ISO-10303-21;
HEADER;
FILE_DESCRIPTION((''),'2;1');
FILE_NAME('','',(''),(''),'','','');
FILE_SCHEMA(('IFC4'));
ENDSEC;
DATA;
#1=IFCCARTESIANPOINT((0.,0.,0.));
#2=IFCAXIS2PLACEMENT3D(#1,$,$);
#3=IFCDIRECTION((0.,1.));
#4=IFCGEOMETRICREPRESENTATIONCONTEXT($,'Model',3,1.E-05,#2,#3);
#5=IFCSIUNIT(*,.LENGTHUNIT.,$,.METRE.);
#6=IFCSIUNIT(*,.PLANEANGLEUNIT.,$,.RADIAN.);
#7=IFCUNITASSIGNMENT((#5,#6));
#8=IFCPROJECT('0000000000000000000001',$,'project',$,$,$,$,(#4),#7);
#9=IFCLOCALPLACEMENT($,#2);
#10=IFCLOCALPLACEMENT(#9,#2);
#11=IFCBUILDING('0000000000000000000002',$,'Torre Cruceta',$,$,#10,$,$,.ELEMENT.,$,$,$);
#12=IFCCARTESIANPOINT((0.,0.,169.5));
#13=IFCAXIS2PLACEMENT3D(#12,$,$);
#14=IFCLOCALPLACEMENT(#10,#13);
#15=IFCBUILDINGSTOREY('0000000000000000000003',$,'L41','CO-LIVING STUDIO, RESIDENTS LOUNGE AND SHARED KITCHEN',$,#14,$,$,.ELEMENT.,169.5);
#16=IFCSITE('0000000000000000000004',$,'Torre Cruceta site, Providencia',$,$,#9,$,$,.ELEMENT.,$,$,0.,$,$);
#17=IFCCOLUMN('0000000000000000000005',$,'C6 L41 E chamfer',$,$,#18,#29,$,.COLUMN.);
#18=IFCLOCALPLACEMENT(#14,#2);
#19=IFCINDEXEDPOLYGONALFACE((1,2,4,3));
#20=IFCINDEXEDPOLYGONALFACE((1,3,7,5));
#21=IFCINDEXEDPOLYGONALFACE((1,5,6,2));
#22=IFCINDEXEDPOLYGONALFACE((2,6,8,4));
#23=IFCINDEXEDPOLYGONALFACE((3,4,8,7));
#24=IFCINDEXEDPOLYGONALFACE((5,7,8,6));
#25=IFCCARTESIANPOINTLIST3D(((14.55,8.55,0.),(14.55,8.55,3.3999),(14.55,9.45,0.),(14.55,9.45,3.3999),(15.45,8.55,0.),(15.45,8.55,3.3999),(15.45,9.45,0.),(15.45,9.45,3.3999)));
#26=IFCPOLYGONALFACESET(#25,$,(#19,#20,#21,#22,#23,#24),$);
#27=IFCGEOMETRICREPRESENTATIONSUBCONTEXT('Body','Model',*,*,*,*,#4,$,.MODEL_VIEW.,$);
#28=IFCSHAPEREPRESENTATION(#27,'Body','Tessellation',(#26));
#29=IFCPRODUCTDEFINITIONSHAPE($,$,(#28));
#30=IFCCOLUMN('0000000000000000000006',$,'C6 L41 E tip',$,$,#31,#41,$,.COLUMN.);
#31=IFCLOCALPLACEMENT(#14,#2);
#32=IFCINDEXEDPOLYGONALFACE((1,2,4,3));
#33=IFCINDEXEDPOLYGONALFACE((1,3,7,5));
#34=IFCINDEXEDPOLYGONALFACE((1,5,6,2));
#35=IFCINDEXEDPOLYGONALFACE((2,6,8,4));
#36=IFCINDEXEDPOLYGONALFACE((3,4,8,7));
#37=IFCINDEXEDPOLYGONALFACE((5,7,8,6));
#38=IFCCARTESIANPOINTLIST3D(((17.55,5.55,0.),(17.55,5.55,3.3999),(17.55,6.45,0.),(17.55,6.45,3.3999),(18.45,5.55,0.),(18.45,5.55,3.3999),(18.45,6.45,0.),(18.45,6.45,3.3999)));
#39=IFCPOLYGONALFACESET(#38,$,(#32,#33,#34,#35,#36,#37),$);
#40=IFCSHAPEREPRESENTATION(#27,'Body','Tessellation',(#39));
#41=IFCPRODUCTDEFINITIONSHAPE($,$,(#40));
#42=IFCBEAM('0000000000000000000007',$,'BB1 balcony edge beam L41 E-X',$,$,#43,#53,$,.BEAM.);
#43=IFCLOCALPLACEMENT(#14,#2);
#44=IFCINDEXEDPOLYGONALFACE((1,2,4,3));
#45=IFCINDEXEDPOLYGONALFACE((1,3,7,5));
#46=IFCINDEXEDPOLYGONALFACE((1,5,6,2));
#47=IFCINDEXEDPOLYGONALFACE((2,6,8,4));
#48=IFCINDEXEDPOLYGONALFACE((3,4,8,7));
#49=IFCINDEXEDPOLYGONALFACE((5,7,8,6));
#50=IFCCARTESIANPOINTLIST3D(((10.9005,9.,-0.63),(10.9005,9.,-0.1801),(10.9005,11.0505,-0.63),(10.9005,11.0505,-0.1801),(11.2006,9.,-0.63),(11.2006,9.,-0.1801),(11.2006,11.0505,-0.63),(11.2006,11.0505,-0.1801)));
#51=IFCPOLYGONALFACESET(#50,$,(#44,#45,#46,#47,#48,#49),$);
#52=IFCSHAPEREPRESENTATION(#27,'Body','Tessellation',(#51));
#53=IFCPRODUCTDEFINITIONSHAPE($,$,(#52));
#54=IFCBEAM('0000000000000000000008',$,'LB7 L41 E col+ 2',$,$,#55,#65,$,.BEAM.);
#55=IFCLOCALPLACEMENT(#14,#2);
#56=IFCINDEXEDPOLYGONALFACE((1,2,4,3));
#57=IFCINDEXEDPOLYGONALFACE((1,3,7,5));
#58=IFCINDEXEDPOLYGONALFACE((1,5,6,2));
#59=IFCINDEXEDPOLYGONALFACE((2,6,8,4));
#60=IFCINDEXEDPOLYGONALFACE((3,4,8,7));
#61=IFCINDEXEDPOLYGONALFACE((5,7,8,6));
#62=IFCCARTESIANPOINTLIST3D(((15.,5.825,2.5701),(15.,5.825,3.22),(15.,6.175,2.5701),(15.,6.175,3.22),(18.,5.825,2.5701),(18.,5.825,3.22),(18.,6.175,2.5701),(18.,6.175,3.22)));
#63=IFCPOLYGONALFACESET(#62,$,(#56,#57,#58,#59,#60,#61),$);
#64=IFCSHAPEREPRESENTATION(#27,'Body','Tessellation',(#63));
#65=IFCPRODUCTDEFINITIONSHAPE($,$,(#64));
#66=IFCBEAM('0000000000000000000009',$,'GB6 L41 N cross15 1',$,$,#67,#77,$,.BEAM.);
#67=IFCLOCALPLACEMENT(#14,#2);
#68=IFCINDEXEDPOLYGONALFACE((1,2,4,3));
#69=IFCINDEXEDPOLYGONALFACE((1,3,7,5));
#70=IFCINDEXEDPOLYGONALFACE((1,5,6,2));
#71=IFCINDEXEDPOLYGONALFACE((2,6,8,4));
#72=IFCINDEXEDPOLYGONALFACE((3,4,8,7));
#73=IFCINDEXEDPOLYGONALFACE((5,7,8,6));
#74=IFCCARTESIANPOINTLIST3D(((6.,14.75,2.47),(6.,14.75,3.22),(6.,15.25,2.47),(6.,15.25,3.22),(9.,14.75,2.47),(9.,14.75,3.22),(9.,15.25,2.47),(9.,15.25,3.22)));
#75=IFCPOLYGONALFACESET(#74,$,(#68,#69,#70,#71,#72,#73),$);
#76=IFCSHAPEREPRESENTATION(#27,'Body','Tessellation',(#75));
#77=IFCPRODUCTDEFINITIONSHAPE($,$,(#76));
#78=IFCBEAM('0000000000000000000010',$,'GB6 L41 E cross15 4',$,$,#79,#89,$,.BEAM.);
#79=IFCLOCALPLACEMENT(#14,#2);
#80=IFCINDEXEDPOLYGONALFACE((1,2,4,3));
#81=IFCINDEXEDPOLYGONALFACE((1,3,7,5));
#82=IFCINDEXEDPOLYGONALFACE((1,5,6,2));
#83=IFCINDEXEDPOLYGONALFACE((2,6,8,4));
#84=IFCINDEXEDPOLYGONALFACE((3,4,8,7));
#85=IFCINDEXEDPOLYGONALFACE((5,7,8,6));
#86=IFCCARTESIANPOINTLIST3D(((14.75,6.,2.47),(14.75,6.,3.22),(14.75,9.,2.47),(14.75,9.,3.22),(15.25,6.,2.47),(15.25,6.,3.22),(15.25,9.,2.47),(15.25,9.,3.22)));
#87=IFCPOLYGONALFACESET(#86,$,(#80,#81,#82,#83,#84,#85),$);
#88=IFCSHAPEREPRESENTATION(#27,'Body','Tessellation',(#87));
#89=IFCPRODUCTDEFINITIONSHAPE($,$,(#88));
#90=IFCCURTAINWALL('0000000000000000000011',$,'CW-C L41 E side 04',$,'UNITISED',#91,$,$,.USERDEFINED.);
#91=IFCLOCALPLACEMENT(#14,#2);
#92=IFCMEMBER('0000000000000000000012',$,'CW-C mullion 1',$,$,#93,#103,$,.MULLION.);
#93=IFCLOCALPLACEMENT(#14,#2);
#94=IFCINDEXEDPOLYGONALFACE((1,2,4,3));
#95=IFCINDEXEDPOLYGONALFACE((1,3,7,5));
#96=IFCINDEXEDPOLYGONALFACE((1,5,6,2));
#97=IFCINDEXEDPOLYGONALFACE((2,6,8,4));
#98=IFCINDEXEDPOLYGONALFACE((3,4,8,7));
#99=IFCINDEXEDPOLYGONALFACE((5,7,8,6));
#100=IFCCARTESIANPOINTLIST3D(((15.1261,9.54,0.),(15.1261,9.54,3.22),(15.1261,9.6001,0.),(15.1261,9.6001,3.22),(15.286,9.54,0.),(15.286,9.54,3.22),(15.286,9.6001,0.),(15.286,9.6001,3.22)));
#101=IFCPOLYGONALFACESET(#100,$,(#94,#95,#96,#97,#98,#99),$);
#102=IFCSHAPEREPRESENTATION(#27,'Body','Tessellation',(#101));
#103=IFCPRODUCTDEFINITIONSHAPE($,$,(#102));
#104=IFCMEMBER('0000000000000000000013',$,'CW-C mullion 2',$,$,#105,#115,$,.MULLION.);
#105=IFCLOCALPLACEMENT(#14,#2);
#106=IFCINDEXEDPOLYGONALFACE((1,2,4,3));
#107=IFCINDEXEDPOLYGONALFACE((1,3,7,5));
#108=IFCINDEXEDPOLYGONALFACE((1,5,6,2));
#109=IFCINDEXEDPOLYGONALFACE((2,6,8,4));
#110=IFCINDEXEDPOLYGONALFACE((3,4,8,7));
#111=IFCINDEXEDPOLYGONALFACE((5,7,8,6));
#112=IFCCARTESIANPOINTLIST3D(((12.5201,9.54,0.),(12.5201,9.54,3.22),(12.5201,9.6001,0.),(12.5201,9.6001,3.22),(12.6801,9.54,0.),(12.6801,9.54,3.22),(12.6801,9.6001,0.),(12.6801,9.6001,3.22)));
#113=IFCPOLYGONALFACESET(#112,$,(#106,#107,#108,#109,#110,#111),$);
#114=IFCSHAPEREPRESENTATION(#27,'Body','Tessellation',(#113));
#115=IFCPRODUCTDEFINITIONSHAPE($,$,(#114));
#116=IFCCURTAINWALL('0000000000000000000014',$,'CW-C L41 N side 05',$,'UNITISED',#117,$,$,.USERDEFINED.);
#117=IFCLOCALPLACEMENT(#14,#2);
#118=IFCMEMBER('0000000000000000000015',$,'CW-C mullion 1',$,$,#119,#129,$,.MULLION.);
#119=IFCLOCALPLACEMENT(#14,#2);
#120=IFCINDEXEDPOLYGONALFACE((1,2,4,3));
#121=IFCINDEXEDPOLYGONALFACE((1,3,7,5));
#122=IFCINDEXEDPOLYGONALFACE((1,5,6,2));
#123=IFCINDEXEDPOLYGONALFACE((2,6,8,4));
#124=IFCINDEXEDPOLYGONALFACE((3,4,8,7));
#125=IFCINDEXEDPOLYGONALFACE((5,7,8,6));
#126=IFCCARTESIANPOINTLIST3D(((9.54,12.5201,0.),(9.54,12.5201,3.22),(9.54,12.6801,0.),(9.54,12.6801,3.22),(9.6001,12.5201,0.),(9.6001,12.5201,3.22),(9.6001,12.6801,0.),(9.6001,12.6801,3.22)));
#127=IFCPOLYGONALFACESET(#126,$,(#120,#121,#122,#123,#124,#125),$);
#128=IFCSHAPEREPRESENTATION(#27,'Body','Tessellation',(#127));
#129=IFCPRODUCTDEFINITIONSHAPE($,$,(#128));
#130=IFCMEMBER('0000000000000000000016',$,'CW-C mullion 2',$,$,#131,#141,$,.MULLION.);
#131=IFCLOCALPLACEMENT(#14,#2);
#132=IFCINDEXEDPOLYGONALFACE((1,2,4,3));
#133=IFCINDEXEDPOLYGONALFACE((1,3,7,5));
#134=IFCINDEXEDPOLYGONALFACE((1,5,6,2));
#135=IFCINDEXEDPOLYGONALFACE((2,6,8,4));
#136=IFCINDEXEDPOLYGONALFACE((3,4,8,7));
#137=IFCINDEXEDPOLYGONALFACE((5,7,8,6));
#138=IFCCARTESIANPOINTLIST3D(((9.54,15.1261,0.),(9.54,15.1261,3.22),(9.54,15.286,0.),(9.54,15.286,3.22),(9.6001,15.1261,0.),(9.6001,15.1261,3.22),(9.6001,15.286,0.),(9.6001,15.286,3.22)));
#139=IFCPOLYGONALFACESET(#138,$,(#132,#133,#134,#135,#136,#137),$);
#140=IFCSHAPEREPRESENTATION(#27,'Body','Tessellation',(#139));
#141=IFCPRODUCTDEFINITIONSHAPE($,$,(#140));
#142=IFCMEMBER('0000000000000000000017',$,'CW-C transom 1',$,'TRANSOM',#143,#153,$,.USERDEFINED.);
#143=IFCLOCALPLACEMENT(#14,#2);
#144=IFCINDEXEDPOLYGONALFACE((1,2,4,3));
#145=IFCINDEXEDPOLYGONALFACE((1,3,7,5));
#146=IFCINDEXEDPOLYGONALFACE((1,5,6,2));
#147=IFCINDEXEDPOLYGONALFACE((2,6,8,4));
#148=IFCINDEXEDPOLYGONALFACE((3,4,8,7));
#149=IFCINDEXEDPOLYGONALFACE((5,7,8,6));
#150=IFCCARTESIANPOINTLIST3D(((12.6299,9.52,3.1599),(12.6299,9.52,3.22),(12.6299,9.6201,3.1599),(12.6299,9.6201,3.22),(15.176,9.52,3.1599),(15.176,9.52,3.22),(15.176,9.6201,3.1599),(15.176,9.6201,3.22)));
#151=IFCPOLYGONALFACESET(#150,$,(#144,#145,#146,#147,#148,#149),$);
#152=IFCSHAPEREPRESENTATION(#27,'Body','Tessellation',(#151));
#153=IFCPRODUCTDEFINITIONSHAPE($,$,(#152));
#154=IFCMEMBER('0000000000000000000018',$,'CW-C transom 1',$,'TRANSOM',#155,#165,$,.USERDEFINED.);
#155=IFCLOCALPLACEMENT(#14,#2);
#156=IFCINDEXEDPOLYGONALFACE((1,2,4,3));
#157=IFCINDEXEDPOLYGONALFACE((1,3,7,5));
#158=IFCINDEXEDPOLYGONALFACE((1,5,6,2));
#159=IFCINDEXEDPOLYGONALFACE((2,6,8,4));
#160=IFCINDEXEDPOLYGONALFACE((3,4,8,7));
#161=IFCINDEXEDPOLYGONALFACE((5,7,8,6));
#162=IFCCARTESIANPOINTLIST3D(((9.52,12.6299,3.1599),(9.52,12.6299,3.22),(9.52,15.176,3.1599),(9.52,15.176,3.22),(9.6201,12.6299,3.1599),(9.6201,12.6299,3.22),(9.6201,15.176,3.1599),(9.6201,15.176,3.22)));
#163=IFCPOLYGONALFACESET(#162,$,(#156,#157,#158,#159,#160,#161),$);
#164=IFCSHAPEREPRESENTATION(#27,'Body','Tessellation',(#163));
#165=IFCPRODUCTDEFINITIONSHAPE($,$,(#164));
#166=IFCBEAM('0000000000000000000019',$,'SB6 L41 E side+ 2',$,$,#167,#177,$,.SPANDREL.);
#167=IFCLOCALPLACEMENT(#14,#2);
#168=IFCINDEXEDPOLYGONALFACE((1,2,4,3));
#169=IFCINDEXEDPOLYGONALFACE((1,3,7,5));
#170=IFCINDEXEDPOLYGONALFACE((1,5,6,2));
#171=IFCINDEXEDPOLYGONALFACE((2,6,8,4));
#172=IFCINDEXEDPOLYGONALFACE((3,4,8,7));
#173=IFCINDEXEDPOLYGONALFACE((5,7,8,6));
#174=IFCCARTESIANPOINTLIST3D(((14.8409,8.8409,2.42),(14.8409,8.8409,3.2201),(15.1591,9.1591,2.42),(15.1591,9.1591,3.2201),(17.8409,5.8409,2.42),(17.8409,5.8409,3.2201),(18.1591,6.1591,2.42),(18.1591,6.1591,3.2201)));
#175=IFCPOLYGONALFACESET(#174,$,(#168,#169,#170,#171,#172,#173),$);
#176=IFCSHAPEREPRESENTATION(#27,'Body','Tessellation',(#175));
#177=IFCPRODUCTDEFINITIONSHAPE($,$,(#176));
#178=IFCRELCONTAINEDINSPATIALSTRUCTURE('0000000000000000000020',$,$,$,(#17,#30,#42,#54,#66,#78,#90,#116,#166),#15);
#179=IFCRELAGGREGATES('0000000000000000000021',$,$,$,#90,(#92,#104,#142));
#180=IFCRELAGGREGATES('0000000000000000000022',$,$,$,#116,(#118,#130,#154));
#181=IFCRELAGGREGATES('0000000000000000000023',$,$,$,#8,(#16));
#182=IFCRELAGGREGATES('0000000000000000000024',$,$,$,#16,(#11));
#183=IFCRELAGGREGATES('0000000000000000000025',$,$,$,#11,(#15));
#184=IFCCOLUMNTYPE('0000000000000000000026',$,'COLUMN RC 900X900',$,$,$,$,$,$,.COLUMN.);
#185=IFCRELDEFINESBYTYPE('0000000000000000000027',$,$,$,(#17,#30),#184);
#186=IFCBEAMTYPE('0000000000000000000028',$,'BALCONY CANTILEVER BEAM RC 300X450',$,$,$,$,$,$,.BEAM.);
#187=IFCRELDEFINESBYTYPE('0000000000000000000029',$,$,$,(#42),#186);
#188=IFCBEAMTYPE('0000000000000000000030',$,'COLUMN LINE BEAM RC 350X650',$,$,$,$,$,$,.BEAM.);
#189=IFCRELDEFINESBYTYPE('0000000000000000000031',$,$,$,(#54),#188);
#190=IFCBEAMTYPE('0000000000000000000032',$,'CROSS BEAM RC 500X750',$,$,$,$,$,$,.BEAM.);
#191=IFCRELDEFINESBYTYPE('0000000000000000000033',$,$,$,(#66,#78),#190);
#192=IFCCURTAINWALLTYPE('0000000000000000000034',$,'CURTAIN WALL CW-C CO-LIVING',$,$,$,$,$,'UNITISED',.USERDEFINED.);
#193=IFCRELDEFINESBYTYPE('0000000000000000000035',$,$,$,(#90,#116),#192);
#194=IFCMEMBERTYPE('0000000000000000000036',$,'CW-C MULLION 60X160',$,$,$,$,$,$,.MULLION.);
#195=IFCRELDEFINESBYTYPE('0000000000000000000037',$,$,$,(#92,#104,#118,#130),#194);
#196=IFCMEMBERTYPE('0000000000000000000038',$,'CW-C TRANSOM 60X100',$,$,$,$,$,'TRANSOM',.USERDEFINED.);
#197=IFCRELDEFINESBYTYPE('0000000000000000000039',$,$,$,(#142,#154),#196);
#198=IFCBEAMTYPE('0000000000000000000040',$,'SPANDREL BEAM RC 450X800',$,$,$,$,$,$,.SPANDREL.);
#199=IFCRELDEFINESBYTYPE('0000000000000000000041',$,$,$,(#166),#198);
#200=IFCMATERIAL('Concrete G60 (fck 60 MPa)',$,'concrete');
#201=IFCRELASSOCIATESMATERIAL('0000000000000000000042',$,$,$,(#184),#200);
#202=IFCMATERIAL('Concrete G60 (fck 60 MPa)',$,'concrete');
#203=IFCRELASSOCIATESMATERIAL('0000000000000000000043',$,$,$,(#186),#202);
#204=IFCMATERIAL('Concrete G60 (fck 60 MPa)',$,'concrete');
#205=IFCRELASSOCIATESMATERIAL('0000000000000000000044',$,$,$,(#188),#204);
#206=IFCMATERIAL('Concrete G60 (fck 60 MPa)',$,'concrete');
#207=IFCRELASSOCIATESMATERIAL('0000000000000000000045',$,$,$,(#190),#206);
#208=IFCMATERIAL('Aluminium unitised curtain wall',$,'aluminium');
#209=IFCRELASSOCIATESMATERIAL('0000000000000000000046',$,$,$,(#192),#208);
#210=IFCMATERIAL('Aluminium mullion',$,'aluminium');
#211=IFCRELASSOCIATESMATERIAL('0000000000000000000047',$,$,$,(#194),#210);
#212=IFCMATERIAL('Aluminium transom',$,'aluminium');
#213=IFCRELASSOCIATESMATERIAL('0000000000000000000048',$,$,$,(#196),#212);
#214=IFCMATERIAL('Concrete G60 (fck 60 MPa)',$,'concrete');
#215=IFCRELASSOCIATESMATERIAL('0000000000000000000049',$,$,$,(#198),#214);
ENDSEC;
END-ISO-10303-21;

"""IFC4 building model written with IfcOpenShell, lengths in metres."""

from ifc_helpers import new_model, si_unit, direction, frame, origin, origin_2d, place, context, subcontext, project, spatial, rectangle, extrude, material, material_profile, profile_set, type_object, element, aggregate, save


model = new_model("IFC4")

# Units and contexts
model_context = context("Model", 3, precision=1e-05, world=origin(), true_north=direction((0.0, 1.0)))
body_context = subcontext(model_context, "Body", "Model", "MODEL_VIEW")
ifc_project = project(units=[si_unit("LENGTHUNIT", "METRE"), si_unit("PLANEANGLEUNIT", "RADIAN")], contexts=[model_context])

# Site, building, storey
site_placement = place(None, origin())
site = spatial("IfcSite", under=ifc_project, at=site_placement, Name="Torre Cruceta site, Providencia", CompositionType="ELEMENT", RefElevation=0.0)
building_placement = place(site_placement, origin())
building = spatial("IfcBuilding", under=site, at=building_placement, Name="Torre Cruceta", CompositionType="ELEMENT")
storey_placement = place(building_placement, frame((0.0, 0.0, 169.5)))
storey = spatial("IfcBuildingStorey", under=building, at=storey_placement, Name="L41", Description="CO-LIVING STUDIO, RESIDENTS LOUNGE AND SHARED KITCHEN", CompositionType="ELEMENT", Elevation=169.5)

# Columns
ifc_material_1 = material(Name="Concrete G60 (fck 60 MPa)", Category="concrete")
ifc_material_profile_1 = material_profile(ifc_material_1, rectangle(XDim=0.8999, YDim=0.8999, at=origin_2d()), Name="RC 900X900")
ifc_profile_set_1 = profile_set([ifc_material_profile_1], Name="Concrete G60 (fck 60 MPa)")
column_type = type_object("IfcColumnType", Name="COLUMN RC 900X900", PredefinedType="COLUMN", material=ifc_profile_set_1)
for number, where, z_axis, x_axis, name in (
    (1, (15.0, 9.0, 0.0), (0.0, 0.0, 1.0), (1.0, 0.0, 0.0), "C6 L41 E chamfer"),
    (2, (18.0, 6.0, 0.0), (0.0, 0.0, 1.0), (1.0, 0.0, 0.0), "C6 L41 E tip"),
):
    element("IfcColumn", number, at=place(storey_placement, frame(where, z_axis=z_axis, x_axis=x_axis)), inside=storey, type_object=column_type, Name=name, PredefinedType="COLUMN", context=body_context, shape_type="SweptSolid", body=[
        extrude(rectangle(XDim=0.8999, YDim=0.8999, at=origin_2d()), origin(), (0.0, 0.0, 1.0), 3.3999),
    ])

# Beams
ifc_material_2 = material(Name="Concrete G60 (fck 60 MPa)", Category="concrete")
ifc_material_profile_2 = material_profile(ifc_material_2, rectangle(XDim=0.3, YDim=0.45, at=origin_2d()), Name="RC 300X450")
ifc_profile_set_2 = profile_set([ifc_material_profile_2], Name="Concrete G60 (fck 60 MPa)")
beam_type_1 = type_object("IfcBeamType", Name="BALCONY CANTILEVER BEAM RC 300X450", PredefinedType="BEAM", material=ifc_profile_set_2)
beam_1_placement = place(storey_placement, frame((11.0505, 9.0, -0.405), z_axis=(0.0, 1.0, 0.0), x_axis=(-1.0, 0.0, 0.0)))
element("IfcBeam", 3, at=beam_1_placement, inside=storey, type_object=beam_type_1, Name="BB1 balcony edge beam L41 E-X", PredefinedType="BEAM", context=body_context, shape_type="SweptSolid", body=[
    extrude(rectangle(XDim=0.3, YDim=0.45, at=origin_2d()), origin(), (0.0, 0.0, 1.0), 2.0505),
])
ifc_material_3 = material(Name="Concrete G60 (fck 60 MPa)", Category="concrete")
ifc_material_profile_3 = material_profile(ifc_material_3, rectangle(XDim=0.3501, YDim=0.6499, at=origin_2d()), Name="RC 350X650")
ifc_profile_set_3 = profile_set([ifc_material_profile_3], Name="Concrete G60 (fck 60 MPa)")
beam_type_2 = type_object("IfcBeamType", Name="COLUMN LINE BEAM RC 350X650", PredefinedType="BEAM", material=ifc_profile_set_3)
beam_2_placement = place(storey_placement, frame((15.0, 6.0, 2.895), z_axis=(1.0, 0.0, 0.0), x_axis=(0.0, 1.0, 0.0)))
element("IfcBeam", 4, at=beam_2_placement, inside=storey, type_object=beam_type_2, Name="LB7 L41 E col+ 2", PredefinedType="BEAM", context=body_context, shape_type="SweptSolid", body=[
    extrude(rectangle(XDim=0.3501, YDim=0.6499, at=origin_2d()), origin(), (0.0, 0.0, 1.0), 3.0),
])
ifc_material_4 = material(Name="Concrete G60 (fck 60 MPa)", Category="concrete")
ifc_material_profile_4 = material_profile(ifc_material_4, rectangle(XDim=0.5, YDim=0.75, at=origin_2d()), Name="RC 500X750")
ifc_profile_set_4 = profile_set([ifc_material_profile_4], Name="Concrete G60 (fck 60 MPa)")
beam_type_3 = type_object("IfcBeamType", Name="CROSS BEAM RC 500X750", PredefinedType="BEAM", material=ifc_profile_set_4)
for number, where, z_axis, x_axis, name in (
    (5, (9.0, 15.0, 2.845), (-1.0, 0.0, 0.0), (0.0, -1.0, 0.0), "GB6 L41 N cross15 1"),
    (6, (15.0, 6.0, 2.845), (0.0, 1.0, 0.0), (-1.0, 0.0, 0.0), "GB6 L41 E cross15 4"),
):
    element("IfcBeam", number, at=place(storey_placement, frame(where, z_axis=z_axis, x_axis=x_axis)), inside=storey, type_object=beam_type_3, Name=name, PredefinedType="BEAM", context=body_context, shape_type="SweptSolid", body=[
        extrude(rectangle(XDim=0.5, YDim=0.75, at=origin_2d()), origin(), (0.0, 0.0, 1.0), 3.0),
    ])

# Curtain walls, members
ifc_material_5 = material(Name="Aluminium unitised curtain wall", Category="aluminium")
curtain_wall_type = type_object("IfcCurtainWallType", Name="CURTAIN WALL CW-C CO-LIVING", ElementType="UNITISED", PredefinedType="USERDEFINED", material=ifc_material_5)
curtain_wall_1_placement = place(storey_placement, origin())
curtain_wall_1 = element("IfcCurtainWall", 7, at=curtain_wall_1_placement, inside=storey, type_object=curtain_wall_type, Name="CW-C L41 E side 04", ObjectType="UNITISED", PredefinedType="USERDEFINED")
ifc_material_6 = material(Name="Aluminium mullion", Category="aluminium")
ifc_material_profile_5 = material_profile(ifc_material_6, rectangle(XDim=0.0601, YDim=0.1599, at=origin_2d()), Name="AL 60X160")
ifc_profile_set_5 = profile_set([ifc_material_profile_5], Name="Aluminium mullion")
member_type_1 = type_object("IfcMemberType", Name="CW-C MULLION 60X160", PredefinedType="MULLION", material=ifc_profile_set_5)
member_1_placement = place(storey_placement, frame((15.2061, 9.5701, 0.0), z_axis=(0.0, 0.0, 1.0), x_axis=(0.0, -1.0, 0.0)))
member_1 = element("IfcMember", 8, at=member_1_placement, type_object=member_type_1, Name="CW-C mullion 1", PredefinedType="MULLION", context=body_context, shape_type="SweptSolid", body=[
    extrude(rectangle(XDim=0.0601, YDim=0.1599, at=origin_2d()), origin(), (0.0, 0.0, 1.0), 3.22),
])
member_2_placement = place(storey_placement, frame((12.6001, 9.5701, 0.0), z_axis=(0.0, 0.0, 1.0), x_axis=(0.0, -1.0, 0.0)))
member_2 = element("IfcMember", 9, at=member_2_placement, type_object=member_type_1, Name="CW-C mullion 2", PredefinedType="MULLION", context=body_context, shape_type="SweptSolid", body=[
    extrude(rectangle(XDim=0.0601, YDim=0.1599, at=origin_2d()), origin(), (0.0, 0.0, 1.0), 3.22),
])
curtain_wall_2_placement = place(storey_placement, origin())
curtain_wall_2 = element("IfcCurtainWall", 10, at=curtain_wall_2_placement, inside=storey, type_object=curtain_wall_type, Name="CW-C L41 N side 05", ObjectType="UNITISED", PredefinedType="USERDEFINED")
member_3_placement = place(storey_placement, frame((9.5701, 12.6001, 0.0), z_axis=(0.0, 0.0, 1.0), x_axis=(-1.0, 0.0, 0.0)))
member_3 = element("IfcMember", 11, at=member_3_placement, type_object=member_type_1, Name="CW-C mullion 1", PredefinedType="MULLION", context=body_context, shape_type="SweptSolid", body=[
    extrude(rectangle(XDim=0.0601, YDim=0.1599, at=origin_2d()), origin(), (0.0, 0.0, 1.0), 3.22),
])
member_4_placement = place(storey_placement, frame((9.5701, 15.2061, 0.0), z_axis=(0.0, 0.0, 1.0), x_axis=(-1.0, 0.0, 0.0)))
member_4 = element("IfcMember", 12, at=member_4_placement, type_object=member_type_1, Name="CW-C mullion 2", PredefinedType="MULLION", context=body_context, shape_type="SweptSolid", body=[
    extrude(rectangle(XDim=0.0601, YDim=0.1599, at=origin_2d()), origin(), (0.0, 0.0, 1.0), 3.22),
])

# Members
ifc_material_7 = material(Name="Aluminium transom", Category="aluminium")
ifc_material_profile_6 = material_profile(ifc_material_7, rectangle(XDim=0.1001, YDim=0.0601, at=origin_2d()), Name="AL 100X60")
ifc_profile_set_6 = profile_set([ifc_material_profile_6], Name="Aluminium transom")
member_type_2 = type_object("IfcMemberType", Name="CW-C TRANSOM 60X100", ElementType="TRANSOM", PredefinedType="USERDEFINED", material=ifc_profile_set_6)
member_5_placement = place(storey_placement, frame((15.176, 9.5701, 3.1899), z_axis=(-1.0, 0.0, 0.0), x_axis=(0.0, -1.0, 0.0)))
member_5 = element("IfcMember", 13, at=member_5_placement, type_object=member_type_2, Name="CW-C transom 1", ObjectType="TRANSOM", PredefinedType="USERDEFINED", context=body_context, shape_type="SweptSolid", body=[
    extrude(rectangle(XDim=0.1001, YDim=0.0601, at=origin_2d()), origin(), (0.0, 0.0, 1.0), 2.5461),
])
member_6_placement = place(storey_placement, frame((9.5701, 12.6299, 3.1899), z_axis=(0.0, 1.0, 0.0), x_axis=(-1.0, 0.0, 0.0)))
member_6 = element("IfcMember", 14, at=member_6_placement, type_object=member_type_2, Name="CW-C transom 1", ObjectType="TRANSOM", PredefinedType="USERDEFINED", context=body_context, shape_type="SweptSolid", body=[
    extrude(rectangle(XDim=0.1001, YDim=0.0601, at=origin_2d()), origin(), (0.0, 0.0, 1.0), 2.5461),
])

# Beam
ifc_material_8 = material(Name="Concrete G60 (fck 60 MPa)", Category="concrete")
ifc_material_profile_7 = material_profile(ifc_material_8, rectangle(XDim=0.45, YDim=0.8, at=origin_2d()), Name="RC 450X800")
ifc_profile_set_7 = profile_set([ifc_material_profile_7], Name="Concrete G60 (fck 60 MPa)")
beam_type_4 = type_object("IfcBeamType", Name="SPANDREL BEAM RC 450X800", PredefinedType="SPANDREL", material=ifc_profile_set_7)
beam_3_placement = place(storey_placement, frame((15.0, 9.0, 2.8201), z_axis=(0.707107, -0.707107, 0.0), x_axis=(0.707107, 0.707107, 0.0)))
element("IfcBeam", 15, at=beam_3_placement, inside=storey, type_object=beam_type_4, Name="SB6 L41 E side+ 2", PredefinedType="SPANDREL", context=body_context, shape_type="SweptSolid", body=[
    extrude(rectangle(XDim=0.45, YDim=0.8, at=origin_2d()), origin(), (0.0, 0.0, 1.0), 4.2427),
])

aggregate(curtain_wall_1, [member_1, member_2, member_5])
aggregate(curtain_wall_2, [member_3, member_4, member_6])

save(model, "model.ifc")
